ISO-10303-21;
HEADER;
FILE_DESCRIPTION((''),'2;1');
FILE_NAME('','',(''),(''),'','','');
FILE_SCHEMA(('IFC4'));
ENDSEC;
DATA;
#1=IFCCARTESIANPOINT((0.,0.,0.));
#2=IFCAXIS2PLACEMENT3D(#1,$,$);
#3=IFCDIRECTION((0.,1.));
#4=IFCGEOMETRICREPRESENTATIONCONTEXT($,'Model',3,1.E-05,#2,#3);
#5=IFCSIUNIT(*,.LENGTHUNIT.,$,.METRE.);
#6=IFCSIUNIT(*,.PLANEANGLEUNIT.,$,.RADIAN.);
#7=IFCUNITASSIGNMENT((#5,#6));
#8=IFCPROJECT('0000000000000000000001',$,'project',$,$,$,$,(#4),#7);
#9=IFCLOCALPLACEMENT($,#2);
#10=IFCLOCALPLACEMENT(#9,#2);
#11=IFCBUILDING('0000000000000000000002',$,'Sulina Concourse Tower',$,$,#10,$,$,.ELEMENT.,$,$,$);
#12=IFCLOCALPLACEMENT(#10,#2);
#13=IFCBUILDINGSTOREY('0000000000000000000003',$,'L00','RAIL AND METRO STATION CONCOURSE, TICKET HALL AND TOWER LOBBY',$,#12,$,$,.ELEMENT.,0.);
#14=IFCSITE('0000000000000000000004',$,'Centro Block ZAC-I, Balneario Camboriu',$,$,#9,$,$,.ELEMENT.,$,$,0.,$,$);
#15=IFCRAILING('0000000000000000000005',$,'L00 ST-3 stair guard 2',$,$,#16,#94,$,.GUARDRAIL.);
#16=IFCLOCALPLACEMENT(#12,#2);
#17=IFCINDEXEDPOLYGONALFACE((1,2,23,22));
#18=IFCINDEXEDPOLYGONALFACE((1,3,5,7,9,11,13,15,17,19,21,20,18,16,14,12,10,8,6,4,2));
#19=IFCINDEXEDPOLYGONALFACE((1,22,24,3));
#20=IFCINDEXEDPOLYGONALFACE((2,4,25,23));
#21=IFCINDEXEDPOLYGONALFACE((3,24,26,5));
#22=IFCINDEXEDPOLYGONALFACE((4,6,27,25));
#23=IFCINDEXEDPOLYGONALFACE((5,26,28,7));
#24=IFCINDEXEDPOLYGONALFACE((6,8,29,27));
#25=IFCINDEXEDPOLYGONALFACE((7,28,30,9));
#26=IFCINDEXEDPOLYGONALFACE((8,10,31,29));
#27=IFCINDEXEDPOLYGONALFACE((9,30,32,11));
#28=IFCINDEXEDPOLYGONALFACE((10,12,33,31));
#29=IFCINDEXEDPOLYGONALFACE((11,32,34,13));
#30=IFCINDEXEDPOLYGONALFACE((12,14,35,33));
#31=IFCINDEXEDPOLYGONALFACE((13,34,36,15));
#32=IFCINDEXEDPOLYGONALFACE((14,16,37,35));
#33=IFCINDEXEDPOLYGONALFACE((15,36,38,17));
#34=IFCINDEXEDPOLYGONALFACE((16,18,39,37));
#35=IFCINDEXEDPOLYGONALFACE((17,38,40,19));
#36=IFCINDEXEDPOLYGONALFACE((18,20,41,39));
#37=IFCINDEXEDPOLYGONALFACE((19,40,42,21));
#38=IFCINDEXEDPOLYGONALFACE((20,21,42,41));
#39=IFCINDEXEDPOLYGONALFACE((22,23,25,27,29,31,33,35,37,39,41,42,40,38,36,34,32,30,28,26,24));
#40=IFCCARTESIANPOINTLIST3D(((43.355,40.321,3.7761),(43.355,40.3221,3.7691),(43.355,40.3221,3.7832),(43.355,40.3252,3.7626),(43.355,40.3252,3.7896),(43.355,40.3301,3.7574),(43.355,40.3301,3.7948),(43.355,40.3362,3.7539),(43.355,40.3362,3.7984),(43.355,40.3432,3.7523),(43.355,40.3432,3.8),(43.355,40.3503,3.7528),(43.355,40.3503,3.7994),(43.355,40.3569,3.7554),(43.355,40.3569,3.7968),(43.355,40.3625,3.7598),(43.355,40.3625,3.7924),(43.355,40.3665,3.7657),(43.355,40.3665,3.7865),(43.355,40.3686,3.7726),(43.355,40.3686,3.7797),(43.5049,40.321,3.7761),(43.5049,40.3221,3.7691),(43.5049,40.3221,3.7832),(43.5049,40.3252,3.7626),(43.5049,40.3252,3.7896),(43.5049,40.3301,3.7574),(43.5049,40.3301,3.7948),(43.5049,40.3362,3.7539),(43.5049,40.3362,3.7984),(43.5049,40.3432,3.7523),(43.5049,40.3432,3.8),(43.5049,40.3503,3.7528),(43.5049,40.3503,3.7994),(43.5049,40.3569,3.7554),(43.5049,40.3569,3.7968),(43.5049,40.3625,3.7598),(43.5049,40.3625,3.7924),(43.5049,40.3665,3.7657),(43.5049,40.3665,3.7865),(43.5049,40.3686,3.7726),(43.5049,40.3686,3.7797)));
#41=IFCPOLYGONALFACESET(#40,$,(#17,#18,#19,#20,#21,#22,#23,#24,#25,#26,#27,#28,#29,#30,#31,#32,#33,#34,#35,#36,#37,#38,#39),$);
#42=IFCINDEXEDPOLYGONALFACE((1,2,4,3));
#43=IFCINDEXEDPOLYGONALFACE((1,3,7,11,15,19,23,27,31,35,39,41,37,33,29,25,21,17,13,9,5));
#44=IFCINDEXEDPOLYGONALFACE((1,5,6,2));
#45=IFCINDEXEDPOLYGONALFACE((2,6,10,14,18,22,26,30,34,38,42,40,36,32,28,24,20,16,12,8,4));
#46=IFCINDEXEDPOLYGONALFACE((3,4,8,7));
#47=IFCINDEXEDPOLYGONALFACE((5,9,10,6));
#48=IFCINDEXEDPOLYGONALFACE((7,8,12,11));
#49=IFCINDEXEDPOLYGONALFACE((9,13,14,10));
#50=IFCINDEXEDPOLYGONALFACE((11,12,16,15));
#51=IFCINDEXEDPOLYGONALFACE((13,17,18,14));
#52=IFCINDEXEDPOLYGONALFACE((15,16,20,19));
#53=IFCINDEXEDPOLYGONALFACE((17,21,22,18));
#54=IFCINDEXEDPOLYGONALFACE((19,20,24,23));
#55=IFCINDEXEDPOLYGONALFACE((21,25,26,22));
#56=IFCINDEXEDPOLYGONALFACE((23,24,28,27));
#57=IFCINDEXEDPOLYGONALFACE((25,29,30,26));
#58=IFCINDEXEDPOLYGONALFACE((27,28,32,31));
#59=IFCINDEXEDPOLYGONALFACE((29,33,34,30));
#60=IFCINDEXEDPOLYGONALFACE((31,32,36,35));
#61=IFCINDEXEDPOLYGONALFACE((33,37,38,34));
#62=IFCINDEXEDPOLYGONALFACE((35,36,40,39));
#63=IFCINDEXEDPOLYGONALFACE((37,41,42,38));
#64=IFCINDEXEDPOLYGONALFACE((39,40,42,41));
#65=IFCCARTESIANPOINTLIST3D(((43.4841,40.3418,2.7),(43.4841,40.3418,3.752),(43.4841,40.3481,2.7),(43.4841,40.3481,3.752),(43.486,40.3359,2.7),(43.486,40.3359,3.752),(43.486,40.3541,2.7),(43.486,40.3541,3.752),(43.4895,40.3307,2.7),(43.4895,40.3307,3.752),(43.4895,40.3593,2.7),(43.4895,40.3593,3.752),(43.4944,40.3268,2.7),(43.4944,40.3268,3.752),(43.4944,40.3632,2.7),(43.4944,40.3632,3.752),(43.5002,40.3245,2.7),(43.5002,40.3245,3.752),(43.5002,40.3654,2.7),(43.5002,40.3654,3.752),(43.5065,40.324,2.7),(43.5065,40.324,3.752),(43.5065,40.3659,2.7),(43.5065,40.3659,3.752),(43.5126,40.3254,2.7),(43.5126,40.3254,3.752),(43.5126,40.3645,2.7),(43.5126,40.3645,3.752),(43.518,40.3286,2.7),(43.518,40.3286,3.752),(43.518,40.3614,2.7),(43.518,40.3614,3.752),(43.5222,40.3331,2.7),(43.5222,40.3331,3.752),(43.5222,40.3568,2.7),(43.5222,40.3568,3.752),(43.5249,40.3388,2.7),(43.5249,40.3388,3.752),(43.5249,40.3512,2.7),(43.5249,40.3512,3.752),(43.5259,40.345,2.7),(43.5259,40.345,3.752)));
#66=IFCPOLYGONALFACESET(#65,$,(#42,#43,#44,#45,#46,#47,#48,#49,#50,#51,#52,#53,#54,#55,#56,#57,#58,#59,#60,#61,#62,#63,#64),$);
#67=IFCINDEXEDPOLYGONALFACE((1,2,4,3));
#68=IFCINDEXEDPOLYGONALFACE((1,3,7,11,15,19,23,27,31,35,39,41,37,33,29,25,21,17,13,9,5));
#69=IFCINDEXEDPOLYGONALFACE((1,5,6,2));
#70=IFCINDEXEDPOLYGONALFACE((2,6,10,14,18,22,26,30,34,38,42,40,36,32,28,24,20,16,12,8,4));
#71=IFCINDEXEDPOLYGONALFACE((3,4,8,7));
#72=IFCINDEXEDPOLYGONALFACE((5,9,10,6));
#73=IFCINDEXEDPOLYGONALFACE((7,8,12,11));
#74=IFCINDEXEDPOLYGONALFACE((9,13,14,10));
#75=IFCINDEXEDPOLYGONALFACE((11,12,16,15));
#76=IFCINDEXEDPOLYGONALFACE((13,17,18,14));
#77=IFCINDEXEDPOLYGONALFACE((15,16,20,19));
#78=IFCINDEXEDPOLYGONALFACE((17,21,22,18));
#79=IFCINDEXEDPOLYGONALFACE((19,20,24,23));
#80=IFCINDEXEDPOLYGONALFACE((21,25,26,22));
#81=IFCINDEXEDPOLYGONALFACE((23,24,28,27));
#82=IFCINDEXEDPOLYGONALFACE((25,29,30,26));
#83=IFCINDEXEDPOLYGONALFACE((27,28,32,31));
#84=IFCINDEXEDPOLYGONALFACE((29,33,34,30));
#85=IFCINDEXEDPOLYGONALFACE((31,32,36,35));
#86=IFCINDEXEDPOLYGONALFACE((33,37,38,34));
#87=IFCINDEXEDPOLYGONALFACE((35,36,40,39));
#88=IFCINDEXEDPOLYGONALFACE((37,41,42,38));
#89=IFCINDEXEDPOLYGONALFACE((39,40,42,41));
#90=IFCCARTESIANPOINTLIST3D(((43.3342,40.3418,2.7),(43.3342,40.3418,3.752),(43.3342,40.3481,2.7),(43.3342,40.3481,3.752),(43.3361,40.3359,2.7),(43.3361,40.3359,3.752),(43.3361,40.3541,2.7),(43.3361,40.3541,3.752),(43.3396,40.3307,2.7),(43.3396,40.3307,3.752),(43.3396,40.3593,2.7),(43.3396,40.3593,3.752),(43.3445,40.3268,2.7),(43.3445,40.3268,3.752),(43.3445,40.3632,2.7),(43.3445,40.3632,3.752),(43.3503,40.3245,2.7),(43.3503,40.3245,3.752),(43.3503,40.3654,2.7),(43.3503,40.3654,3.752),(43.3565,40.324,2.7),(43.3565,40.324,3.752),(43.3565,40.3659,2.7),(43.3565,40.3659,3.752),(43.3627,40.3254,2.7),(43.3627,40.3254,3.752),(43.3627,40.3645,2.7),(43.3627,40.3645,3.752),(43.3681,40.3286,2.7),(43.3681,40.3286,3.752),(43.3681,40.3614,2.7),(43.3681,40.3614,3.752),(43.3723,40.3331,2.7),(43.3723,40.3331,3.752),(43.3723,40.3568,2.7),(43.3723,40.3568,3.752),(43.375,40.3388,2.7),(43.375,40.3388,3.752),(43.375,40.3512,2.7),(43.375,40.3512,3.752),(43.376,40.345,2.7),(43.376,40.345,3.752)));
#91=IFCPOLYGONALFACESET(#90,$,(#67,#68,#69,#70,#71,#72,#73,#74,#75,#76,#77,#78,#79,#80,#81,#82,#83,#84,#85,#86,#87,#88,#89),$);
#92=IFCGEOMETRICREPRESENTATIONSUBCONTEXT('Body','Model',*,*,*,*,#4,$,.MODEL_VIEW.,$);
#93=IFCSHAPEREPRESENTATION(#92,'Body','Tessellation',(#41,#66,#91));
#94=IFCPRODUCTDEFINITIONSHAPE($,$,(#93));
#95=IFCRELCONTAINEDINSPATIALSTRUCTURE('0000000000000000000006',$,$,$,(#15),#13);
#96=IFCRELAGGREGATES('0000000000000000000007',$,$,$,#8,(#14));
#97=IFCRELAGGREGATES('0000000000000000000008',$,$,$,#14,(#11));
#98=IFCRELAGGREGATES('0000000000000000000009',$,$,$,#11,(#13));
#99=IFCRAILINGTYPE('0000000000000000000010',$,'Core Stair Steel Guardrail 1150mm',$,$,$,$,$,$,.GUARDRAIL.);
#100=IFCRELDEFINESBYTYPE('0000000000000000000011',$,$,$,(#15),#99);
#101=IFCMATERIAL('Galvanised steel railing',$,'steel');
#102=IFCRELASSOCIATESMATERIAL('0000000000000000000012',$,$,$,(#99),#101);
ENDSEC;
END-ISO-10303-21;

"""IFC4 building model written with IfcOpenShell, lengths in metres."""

from ifc_helpers import new_model, si_unit, direction, frame, origin, origin_2d, place, context, subcontext, project, spatial, circle, extrude, material, type_object, element, save


model = new_model("IFC4")

# Units and contexts
model_context = context("Model", 3, precision=1e-05, world=origin(), true_north=direction((0.0, 1.0)))
body_context = subcontext(model_context, "Body", "Model", "MODEL_VIEW")
ifc_project = project(units=[si_unit("LENGTHUNIT", "METRE"), si_unit("PLANEANGLEUNIT", "RADIAN")], contexts=[model_context])

# Site, building, storey
site_placement = place(None, origin())
site = spatial("IfcSite", under=ifc_project, at=site_placement, Name="Centro Block ZAC-I, Balneario Camboriu", CompositionType="ELEMENT", RefElevation=0.0)
building_placement = place(site_placement, origin())
building = spatial("IfcBuilding", under=site, at=building_placement, Name="Sulina Concourse Tower", CompositionType="ELEMENT")
storey_placement = place(building_placement, origin())
storey = spatial("IfcBuildingStorey", under=building, at=storey_placement, Name="L00", Description="RAIL AND METRO STATION CONCOURSE, TICKET HALL AND TOWER LOBBY", CompositionType="ELEMENT", Elevation=0.0)

# Railing
ifc_material_1 = material(Name="Galvanised steel railing", Category="steel")
railing_type_1 = type_object("IfcRailingType", Name="Core Stair Steel Guardrail 1150mm", PredefinedType="GUARDRAIL", material=ifc_material_1)
railing_1_placement = place(storey_placement, frame((43.5049, 40.345, 2.7)))
element("IfcRailing", 1, at=railing_1_placement, inside=storey, type_object=railing_type_1, Name="L00 ST-3 stair guard 2", PredefinedType="GUARDRAIL", context=body_context, shape_type="SweptSolid", body=[
    extrude(circle(Radius=0.0239, at=origin_2d()), frame((0.0, 0.0, 1.0762), z_axis=(-1.0, 0.0, 0.0), x_axis=(0.0, -1.0, 0.0)), (0.0, 0.0, 1.0), 0.1499),
    extrude(circle(Radius=0.021, at=origin_2d()), origin(), (0.0, 0.0, 1.0), 1.052),
    extrude(circle(Radius=0.021, at=origin_2d()), frame((-0.1499, 0.0, 0.0)), (0.0, 0.0, 1.0), 1.052),
])

save(model, "model.ifc")
